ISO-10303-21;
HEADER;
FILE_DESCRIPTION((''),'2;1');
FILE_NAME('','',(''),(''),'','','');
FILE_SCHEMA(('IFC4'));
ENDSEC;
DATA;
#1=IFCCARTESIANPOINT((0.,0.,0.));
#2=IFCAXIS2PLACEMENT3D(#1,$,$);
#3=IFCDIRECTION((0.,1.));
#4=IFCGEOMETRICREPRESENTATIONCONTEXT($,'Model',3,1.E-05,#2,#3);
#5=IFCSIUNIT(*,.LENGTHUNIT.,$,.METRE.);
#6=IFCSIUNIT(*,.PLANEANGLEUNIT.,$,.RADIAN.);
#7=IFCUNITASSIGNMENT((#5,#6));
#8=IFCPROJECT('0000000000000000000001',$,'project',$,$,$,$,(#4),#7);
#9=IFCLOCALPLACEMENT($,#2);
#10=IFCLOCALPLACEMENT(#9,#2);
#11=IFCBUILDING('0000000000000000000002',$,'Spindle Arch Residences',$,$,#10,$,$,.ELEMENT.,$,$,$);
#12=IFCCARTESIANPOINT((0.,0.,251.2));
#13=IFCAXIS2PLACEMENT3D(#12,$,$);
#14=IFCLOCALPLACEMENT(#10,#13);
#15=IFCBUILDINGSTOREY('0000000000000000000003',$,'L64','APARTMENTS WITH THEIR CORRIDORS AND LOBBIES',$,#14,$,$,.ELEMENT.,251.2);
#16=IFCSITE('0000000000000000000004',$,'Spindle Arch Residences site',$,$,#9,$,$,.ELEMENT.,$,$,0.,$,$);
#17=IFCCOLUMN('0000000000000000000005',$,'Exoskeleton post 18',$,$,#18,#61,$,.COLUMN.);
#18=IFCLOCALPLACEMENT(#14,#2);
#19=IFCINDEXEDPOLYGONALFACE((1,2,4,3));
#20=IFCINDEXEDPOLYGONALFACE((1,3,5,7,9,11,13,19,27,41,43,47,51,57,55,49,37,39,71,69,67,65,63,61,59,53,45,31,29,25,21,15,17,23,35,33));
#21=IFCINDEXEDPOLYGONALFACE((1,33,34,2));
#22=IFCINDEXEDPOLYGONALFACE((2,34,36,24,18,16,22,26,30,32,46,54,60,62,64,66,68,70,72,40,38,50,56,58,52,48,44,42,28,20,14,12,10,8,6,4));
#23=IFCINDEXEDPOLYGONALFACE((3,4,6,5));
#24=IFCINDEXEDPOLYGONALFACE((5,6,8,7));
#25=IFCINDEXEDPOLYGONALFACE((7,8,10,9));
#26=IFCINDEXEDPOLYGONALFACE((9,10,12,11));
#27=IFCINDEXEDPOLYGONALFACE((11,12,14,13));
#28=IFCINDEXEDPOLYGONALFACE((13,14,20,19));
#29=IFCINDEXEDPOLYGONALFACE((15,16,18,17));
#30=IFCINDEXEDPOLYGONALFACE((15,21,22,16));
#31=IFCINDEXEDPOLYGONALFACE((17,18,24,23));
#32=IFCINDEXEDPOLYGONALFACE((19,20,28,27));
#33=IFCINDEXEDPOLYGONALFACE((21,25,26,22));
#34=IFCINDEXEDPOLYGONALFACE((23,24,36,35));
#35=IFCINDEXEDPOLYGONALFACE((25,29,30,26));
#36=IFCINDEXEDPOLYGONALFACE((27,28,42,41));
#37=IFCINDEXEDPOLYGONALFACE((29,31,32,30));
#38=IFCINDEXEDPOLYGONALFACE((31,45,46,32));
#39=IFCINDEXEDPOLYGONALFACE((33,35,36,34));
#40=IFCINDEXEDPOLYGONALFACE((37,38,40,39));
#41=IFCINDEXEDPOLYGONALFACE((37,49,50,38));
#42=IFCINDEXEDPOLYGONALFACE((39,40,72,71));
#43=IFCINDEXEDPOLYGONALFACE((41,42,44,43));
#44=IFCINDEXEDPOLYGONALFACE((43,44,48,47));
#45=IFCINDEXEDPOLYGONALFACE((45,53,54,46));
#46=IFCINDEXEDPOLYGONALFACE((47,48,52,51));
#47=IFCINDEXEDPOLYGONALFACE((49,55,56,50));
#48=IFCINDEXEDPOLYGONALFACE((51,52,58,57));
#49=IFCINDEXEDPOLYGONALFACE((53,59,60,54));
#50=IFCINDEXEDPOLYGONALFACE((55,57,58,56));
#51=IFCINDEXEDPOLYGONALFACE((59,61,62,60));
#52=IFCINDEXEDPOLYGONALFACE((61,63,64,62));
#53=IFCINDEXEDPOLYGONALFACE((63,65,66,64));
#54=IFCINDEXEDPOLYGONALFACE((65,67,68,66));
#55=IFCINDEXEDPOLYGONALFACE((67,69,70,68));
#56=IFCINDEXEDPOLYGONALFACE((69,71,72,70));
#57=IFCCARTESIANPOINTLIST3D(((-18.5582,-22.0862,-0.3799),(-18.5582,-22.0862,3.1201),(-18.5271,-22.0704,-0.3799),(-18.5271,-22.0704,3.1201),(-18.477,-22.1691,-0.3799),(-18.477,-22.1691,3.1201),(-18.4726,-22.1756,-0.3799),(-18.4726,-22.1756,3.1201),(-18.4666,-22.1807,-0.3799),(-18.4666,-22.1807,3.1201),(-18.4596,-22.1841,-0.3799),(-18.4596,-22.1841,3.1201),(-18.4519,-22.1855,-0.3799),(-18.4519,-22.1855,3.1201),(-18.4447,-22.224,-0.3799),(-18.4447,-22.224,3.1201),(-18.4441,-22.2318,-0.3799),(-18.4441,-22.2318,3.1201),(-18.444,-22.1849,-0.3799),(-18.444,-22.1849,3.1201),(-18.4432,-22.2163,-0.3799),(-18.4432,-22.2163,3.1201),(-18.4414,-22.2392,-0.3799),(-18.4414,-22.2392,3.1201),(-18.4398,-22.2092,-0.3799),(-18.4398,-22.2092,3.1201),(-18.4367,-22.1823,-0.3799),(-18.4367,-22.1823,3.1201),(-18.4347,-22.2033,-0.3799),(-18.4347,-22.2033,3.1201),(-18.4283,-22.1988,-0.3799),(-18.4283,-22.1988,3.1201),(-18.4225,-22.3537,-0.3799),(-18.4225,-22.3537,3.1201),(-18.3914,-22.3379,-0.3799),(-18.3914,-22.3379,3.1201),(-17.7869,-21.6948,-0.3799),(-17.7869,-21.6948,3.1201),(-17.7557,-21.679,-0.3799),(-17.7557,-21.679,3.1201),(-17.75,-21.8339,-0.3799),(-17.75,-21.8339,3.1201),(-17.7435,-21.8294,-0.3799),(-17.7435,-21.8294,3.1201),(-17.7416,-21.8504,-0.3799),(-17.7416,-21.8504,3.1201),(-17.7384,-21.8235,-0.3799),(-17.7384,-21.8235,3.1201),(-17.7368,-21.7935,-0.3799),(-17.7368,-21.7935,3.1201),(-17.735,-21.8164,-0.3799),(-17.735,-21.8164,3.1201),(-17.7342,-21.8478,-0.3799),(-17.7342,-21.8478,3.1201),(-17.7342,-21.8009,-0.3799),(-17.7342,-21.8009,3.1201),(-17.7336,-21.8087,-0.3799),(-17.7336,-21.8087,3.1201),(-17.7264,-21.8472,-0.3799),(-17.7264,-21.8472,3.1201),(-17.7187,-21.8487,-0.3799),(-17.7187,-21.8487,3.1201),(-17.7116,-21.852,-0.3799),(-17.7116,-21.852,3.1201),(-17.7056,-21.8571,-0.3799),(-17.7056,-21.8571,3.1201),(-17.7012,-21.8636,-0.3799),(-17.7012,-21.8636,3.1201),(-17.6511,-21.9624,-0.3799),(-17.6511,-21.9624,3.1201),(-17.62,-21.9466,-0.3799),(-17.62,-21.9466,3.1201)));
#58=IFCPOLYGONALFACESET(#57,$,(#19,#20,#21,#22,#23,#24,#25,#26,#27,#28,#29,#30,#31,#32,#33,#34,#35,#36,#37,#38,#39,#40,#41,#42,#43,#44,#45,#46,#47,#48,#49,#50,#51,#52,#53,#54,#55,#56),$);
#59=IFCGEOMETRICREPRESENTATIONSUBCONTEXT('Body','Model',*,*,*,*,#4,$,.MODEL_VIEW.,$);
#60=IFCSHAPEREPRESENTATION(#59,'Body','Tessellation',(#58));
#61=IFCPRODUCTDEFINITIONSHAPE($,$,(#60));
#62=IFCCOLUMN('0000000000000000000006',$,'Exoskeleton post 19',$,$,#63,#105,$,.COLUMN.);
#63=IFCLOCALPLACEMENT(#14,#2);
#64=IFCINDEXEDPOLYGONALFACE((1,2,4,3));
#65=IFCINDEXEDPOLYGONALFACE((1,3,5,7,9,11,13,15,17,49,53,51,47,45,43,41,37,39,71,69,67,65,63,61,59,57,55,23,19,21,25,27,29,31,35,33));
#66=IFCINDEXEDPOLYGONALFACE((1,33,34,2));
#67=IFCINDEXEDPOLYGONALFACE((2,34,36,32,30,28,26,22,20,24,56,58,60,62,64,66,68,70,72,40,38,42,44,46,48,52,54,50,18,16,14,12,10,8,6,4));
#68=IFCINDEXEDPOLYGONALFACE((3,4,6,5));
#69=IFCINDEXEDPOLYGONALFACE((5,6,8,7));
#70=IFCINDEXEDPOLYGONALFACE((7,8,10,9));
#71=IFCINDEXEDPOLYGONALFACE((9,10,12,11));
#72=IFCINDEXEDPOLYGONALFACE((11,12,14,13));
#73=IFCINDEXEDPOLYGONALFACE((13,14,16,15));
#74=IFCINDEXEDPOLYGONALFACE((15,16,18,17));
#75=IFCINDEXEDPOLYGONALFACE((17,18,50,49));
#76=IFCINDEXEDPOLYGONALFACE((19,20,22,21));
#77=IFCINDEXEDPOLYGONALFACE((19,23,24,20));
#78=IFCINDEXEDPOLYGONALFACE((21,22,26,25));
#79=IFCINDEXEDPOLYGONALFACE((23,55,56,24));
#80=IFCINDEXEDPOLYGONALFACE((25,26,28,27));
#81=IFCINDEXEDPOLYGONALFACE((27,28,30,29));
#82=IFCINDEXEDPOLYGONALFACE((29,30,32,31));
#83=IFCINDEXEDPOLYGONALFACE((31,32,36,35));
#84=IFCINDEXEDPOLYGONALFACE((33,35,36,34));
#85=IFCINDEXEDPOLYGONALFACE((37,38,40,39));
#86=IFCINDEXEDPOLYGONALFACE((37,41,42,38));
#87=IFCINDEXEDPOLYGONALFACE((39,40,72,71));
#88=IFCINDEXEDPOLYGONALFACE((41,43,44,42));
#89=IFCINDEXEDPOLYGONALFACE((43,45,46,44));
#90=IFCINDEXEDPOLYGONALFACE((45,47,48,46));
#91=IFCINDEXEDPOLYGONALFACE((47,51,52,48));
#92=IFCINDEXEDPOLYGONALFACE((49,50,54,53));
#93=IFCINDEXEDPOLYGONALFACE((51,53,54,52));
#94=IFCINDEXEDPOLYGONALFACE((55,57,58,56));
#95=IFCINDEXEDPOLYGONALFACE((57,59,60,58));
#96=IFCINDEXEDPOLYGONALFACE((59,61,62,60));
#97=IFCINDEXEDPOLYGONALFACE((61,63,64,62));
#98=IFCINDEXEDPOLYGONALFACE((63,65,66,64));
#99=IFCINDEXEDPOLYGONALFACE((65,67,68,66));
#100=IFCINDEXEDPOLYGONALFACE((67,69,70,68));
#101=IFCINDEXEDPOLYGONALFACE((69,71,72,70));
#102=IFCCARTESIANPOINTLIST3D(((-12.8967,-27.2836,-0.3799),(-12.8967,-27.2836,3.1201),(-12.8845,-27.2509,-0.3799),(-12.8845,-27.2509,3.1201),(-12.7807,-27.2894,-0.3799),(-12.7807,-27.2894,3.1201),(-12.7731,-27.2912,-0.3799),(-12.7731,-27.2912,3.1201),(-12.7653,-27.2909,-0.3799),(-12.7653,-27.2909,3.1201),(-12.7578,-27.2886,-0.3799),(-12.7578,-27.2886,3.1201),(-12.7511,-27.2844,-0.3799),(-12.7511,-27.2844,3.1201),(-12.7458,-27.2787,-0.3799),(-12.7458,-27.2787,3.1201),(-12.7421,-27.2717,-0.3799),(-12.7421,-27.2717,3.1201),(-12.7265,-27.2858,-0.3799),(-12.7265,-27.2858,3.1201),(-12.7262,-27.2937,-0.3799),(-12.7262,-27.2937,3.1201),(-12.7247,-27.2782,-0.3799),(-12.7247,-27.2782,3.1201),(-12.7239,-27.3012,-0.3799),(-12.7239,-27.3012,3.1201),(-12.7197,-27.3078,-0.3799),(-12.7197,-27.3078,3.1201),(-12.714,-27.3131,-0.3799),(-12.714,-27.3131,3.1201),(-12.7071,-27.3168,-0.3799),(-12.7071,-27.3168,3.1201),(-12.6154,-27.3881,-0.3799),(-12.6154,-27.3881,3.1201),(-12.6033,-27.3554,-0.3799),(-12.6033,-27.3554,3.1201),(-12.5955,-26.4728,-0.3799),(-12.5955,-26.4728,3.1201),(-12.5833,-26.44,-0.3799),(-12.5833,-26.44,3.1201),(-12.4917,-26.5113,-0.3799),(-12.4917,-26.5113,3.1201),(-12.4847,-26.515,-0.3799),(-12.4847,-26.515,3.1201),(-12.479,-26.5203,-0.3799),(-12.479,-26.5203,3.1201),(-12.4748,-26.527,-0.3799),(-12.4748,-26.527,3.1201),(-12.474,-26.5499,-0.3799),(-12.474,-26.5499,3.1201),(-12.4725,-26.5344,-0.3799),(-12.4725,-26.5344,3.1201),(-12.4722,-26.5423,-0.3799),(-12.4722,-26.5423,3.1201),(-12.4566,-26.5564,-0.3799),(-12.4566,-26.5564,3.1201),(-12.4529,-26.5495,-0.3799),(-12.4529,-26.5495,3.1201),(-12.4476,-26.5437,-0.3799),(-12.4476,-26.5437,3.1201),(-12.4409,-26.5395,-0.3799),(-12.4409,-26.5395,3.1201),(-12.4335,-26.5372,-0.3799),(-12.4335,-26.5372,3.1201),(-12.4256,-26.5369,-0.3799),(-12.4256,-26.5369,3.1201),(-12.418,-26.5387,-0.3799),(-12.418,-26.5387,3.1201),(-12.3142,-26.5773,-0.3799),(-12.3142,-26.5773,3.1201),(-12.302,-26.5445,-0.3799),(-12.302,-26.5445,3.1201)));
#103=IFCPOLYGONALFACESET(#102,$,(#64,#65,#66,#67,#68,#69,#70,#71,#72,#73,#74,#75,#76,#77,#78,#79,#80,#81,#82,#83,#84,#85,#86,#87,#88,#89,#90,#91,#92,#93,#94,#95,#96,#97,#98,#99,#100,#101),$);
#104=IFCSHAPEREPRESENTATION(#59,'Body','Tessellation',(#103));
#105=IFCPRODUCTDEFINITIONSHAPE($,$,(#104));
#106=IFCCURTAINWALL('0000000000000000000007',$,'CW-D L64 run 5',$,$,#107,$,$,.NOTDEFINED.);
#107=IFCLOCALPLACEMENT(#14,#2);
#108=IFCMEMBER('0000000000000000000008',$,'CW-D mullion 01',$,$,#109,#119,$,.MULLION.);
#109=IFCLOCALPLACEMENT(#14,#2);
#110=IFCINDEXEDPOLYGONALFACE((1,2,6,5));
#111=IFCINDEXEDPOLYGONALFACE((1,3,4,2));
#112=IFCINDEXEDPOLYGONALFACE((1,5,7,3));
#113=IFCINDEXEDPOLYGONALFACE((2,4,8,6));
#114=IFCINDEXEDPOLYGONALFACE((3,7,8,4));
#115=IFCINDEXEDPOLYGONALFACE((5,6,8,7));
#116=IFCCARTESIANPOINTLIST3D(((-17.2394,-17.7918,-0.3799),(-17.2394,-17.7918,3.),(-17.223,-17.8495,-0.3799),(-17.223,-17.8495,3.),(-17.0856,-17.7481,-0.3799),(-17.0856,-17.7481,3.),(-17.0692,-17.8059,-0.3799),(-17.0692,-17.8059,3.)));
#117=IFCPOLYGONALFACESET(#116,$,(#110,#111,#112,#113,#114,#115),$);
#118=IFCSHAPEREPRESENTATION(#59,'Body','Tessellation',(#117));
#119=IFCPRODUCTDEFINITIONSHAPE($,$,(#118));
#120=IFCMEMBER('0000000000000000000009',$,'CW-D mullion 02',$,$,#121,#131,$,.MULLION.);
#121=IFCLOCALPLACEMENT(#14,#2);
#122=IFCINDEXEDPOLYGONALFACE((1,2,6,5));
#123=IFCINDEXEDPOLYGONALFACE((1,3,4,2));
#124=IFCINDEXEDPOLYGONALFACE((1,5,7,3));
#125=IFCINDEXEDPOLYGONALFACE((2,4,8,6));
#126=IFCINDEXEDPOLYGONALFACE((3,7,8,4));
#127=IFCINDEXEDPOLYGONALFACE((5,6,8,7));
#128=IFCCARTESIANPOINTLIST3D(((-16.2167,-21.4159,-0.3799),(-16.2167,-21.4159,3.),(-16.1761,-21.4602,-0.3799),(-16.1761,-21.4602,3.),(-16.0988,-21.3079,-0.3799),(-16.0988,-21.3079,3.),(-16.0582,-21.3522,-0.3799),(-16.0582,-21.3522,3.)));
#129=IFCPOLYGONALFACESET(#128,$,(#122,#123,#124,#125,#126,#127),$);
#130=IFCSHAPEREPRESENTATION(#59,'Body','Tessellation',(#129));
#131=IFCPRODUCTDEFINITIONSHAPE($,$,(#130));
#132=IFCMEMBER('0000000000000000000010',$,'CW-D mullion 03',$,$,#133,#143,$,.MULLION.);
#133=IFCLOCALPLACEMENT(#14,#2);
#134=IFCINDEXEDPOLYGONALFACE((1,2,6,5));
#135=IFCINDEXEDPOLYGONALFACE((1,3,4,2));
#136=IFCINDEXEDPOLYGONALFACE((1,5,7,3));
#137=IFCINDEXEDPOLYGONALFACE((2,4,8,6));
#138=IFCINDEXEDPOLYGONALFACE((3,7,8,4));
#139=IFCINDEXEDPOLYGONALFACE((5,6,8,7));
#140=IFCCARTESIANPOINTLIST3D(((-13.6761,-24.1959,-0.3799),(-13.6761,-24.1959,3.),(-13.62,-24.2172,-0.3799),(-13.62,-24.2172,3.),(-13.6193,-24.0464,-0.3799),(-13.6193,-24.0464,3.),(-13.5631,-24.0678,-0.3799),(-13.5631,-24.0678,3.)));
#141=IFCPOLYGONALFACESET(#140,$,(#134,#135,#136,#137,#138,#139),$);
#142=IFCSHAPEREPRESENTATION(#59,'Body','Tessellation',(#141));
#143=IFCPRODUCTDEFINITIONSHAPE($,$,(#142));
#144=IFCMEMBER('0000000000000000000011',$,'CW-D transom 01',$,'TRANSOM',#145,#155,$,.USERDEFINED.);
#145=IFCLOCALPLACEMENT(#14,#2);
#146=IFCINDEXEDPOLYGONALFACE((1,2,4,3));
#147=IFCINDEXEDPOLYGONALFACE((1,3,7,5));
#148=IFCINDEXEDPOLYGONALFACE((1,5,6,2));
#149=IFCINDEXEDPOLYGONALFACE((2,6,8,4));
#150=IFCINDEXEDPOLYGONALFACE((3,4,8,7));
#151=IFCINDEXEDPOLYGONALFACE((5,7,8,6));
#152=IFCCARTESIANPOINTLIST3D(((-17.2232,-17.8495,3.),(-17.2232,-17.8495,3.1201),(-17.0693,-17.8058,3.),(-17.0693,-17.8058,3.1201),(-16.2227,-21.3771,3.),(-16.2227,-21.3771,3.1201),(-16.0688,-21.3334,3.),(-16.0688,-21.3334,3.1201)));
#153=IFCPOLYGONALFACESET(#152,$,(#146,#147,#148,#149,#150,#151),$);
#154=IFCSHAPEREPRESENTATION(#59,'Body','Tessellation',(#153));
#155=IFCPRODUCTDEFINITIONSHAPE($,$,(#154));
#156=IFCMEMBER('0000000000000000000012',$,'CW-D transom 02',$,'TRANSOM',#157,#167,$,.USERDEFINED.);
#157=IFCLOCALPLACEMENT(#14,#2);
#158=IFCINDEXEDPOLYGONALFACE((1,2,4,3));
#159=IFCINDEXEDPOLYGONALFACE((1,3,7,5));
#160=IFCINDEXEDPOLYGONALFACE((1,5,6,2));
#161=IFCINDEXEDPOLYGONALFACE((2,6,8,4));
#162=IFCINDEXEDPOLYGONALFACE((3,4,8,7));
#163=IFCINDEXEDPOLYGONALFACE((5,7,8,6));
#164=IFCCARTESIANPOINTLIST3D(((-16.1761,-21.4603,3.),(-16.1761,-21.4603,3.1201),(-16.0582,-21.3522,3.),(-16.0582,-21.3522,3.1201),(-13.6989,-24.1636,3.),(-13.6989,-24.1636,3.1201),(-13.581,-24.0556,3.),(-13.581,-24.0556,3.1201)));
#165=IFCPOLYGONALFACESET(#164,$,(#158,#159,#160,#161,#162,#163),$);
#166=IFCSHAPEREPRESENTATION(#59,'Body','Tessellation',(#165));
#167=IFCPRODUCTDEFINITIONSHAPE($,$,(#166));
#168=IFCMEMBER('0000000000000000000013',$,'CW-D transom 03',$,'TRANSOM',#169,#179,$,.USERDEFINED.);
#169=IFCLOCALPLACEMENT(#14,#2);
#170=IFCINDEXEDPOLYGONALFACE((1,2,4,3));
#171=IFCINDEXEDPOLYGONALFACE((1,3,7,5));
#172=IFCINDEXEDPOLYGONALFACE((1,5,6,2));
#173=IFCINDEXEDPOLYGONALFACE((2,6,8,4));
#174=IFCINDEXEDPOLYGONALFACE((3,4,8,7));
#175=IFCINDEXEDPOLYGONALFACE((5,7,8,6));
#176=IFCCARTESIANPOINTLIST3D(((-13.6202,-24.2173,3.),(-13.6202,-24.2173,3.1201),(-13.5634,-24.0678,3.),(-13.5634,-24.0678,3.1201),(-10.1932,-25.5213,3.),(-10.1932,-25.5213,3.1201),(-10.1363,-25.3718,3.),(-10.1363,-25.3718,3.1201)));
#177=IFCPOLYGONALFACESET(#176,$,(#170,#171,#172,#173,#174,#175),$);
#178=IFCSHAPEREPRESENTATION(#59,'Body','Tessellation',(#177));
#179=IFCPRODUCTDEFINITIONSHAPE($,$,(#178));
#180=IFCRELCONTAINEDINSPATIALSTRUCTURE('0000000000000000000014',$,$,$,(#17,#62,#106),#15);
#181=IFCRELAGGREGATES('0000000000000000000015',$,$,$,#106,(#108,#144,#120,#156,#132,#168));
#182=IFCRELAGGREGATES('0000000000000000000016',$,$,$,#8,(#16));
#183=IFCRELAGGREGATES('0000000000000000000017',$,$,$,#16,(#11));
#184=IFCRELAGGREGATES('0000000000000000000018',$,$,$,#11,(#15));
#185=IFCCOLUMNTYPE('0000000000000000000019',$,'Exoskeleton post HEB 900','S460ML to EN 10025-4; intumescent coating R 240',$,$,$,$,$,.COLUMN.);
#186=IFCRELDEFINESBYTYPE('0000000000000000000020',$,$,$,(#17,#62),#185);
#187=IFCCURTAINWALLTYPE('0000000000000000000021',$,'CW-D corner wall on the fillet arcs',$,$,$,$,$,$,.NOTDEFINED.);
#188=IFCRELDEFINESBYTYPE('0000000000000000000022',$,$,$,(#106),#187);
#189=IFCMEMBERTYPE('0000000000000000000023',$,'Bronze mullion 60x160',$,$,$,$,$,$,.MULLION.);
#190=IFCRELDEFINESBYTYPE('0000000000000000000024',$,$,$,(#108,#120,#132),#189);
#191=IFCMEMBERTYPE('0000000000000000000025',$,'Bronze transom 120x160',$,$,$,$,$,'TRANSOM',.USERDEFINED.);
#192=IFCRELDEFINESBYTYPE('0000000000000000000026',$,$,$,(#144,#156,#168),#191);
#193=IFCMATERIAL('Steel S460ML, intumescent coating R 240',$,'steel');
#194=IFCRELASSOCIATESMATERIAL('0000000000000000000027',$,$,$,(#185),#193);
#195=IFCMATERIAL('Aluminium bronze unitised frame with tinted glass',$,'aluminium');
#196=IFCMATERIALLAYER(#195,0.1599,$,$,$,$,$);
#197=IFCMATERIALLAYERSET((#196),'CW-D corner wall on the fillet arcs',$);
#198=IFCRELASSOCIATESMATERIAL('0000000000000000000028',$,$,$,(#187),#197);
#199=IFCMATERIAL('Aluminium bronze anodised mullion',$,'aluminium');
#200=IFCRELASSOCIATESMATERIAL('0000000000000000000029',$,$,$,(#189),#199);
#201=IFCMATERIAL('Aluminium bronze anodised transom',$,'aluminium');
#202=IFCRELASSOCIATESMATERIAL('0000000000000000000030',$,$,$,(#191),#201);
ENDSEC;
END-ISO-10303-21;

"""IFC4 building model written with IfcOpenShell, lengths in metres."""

from ifc_helpers import new_model, si_unit, direction, frame, origin, origin_2d, place, context, subcontext, project, spatial, rectangle, i_section, extrude, material, layer, layer_set, material_profile, profile_set, type_object, element, aggregate, save


model = new_model("IFC4")

# Units and contexts
model_context = context("Model", 3, precision=1e-05, world=origin(), true_north=direction((0.0, 1.0)))
body_context = subcontext(model_context, "Body", "Model", "MODEL_VIEW")
ifc_project = project(units=[si_unit("LENGTHUNIT", "METRE"), si_unit("PLANEANGLEUNIT", "RADIAN")], contexts=[model_context])

# Site, building, storey
site_placement = place(None, origin())
site = spatial("IfcSite", under=ifc_project, at=site_placement, Name="Spindle Arch Residences site", CompositionType="ELEMENT", RefElevation=0.0)
building_placement = place(site_placement, origin())
building = spatial("IfcBuilding", under=site, at=building_placement, Name="Spindle Arch Residences", CompositionType="ELEMENT")
storey_placement = place(building_placement, frame((0.0, 0.0, 251.2)))
storey = spatial("IfcBuildingStorey", under=building, at=storey_placement, Name="L64", Description="APARTMENTS WITH THEIR CORRIDORS AND LOBBIES", CompositionType="ELEMENT", Elevation=251.2)

# Columns
ifc_material_1 = material(Name="Steel S460ML, intumescent coating R 240", Category="steel")
ifc_material_profile_1 = material_profile(ifc_material_1, i_section(OverallWidth=0.3, OverallDepth=0.8999, WebThickness=0.0186, FlangeThickness=0.0349, FilletRadius=0.03, at=origin_2d()), Name="HEB 900")
ifc_profile_set_1 = profile_set([ifc_material_profile_1], Name="Steel S460ML, intumescent coating R 240")
column_type = type_object("IfcColumnType", Name="Exoskeleton post HEB 900", Description="S460ML to EN 10025-4; intumescent coating R 240", PredefinedType="COLUMN", material=ifc_profile_set_1)
for number, where, z_axis, x_axis, name in (
    (1, (-18.0891, -22.0164, -0.3799), (0.0, 0.0, 1.0), (-0.452474, 0.891778, 0.0), "Exoskeleton post 18"),
    (2, (-12.5994, -26.9141, -0.3799), (0.0, 0.0, 1.0), (-0.937401, 0.348253, 0.0), "Exoskeleton post 19"),
):
    element("IfcColumn", number, at=place(storey_placement, frame(where, z_axis=z_axis, x_axis=x_axis)), inside=storey, type_object=column_type, Name=name, PredefinedType="COLUMN", context=body_context, shape_type="SweptSolid", body=[
        extrude(i_section(OverallWidth=0.3, OverallDepth=0.8999, WebThickness=0.0186, FlangeThickness=0.0349, FilletRadius=0.03, at=origin_2d()), origin(), (0.0, 0.0, 1.0), 3.5),
    ])

# Curtain wall, members
ifc_material_2 = material(Name="Aluminium bronze unitised frame with tinted glass", Category="aluminium")
ifc_layer_1 = layer(ifc_material_2, 0.1599)
ifc_layer_set_1 = layer_set([ifc_layer_1], Name="CW-D corner wall on the fillet arcs")
curtain_wall_type = type_object("IfcCurtainWallType", Name="CW-D corner wall on the fillet arcs", PredefinedType="NOTDEFINED", material=ifc_layer_set_1)
curtain_wall_placement = place(storey_placement, origin())
curtain_wall = element("IfcCurtainWall", 3, at=curtain_wall_placement, inside=storey, type_object=curtain_wall_type, Name="CW-D L64 run 5", PredefinedType="NOTDEFINED")
ifc_material_3 = material(Name="Aluminium bronze anodised mullion", Category="aluminium")
ifc_material_profile_2 = material_profile(ifc_material_3, rectangle(XDim=0.1599, YDim=0.0601, at=origin_2d()), Name="MU 60x160")
ifc_profile_set_2 = profile_set([ifc_material_profile_2], Name="Aluminium bronze anodised mullion")
member_type_1 = type_object("IfcMemberType", Name="Bronze mullion 60x160", PredefinedType="MULLION", material=ifc_profile_set_2)
member_1_placement = place(storey_placement, frame((-17.1543, -17.7988, -0.3799), z_axis=(0.0, 0.0, 1.0), x_axis=(0.962059, 0.27284, 0.0)))
member_1 = element("IfcMember", 4, at=member_1_placement, type_object=member_type_1, Name="CW-D mullion 01", PredefinedType="MULLION", context=body_context, shape_type="SweptSolid", body=[
    extrude(rectangle(XDim=0.1599, YDim=0.0601, at=origin_2d()), origin(), (0.0, 0.0, 1.0), 3.3799),
])
member_2_placement = place(storey_placement, frame((-16.1375, -21.384, -0.3799), z_axis=(0.0, 0.0, 1.0), x_axis=(0.737277, 0.67559, 0.0)))
member_2 = element("IfcMember", 5, at=member_2_placement, type_object=member_type_1, Name="CW-D mullion 02", PredefinedType="MULLION", context=body_context, shape_type="SweptSolid", body=[
    extrude(rectangle(XDim=0.1599, YDim=0.0601, at=origin_2d()), origin(), (0.0, 0.0, 1.0), 3.3799),
])
member_3_placement = place(storey_placement, frame((-13.6196, -24.1318, -0.3799), z_axis=(0.0, 0.0, 1.0), x_axis=(0.355651, 0.934619, 0.0)))
member_3 = element("IfcMember", 6, at=member_3_placement, type_object=member_type_1, Name="CW-D mullion 03", PredefinedType="MULLION", context=body_context, shape_type="SweptSolid", body=[
    extrude(rectangle(XDim=0.1599, YDim=0.0601, at=origin_2d()), origin(), (0.0, 0.0, 1.0), 3.3799),
])
ifc_material_4 = material(Name="Aluminium bronze anodised transom", Category="aluminium")
ifc_material_profile_3 = material_profile(ifc_material_4, rectangle(XDim=0.1599, YDim=0.1201, at=origin_2d()), Name="TR 120x160")
ifc_profile_set_3 = profile_set([ifc_material_profile_3], Name="Aluminium bronze anodised transom")
member_type_2 = type_object("IfcMemberType", Name="Bronze transom 120x160", ElementType="TRANSOM", PredefinedType="USERDEFINED", material=ifc_profile_set_3)
member_4_placement = place(storey_placement, frame((-17.1462, -17.8276, 3.0601), z_axis=(0.272856, -0.962055, 0.0), x_axis=(0.962055, 0.272856, 0.0)))
member_4 = element("IfcMember", 7, at=member_4_placement, type_object=member_type_2, Name="CW-D transom 01", ObjectType="TRANSOM", PredefinedType="USERDEFINED", context=body_context, shape_type="SweptSolid", body=[
    extrude(rectangle(XDim=0.1599, YDim=0.1201, at=origin_2d()), origin(), (0.0, 0.0, 1.0), 3.6667),
])
member_5_placement = place(storey_placement, frame((-16.1172, -21.4062, 3.0601), z_axis=(0.675607, -0.737262, 0.0), x_axis=(0.737262, 0.675607, 0.0)))
member_5 = element("IfcMember", 8, at=member_5_placement, type_object=member_type_2, Name="CW-D transom 02", ObjectType="TRANSOM", PredefinedType="USERDEFINED", context=body_context, shape_type="SweptSolid", body=[
    extrude(rectangle(XDim=0.1599, YDim=0.1201, at=origin_2d()), origin(), (0.0, 0.0, 1.0), 3.6667),
])
member_6_placement = place(storey_placement, frame((-13.5918, -24.1426, 3.0601), z_axis=(0.93463, -0.355622, 0.0), x_axis=(0.355622, 0.93463, 0.0)))
member_6 = element("IfcMember", 9, at=member_6_placement, type_object=member_type_2, Name="CW-D transom 03", ObjectType="TRANSOM", PredefinedType="USERDEFINED", context=body_context, shape_type="SweptSolid", body=[
    extrude(rectangle(XDim=0.1599, YDim=0.1201, at=origin_2d()), origin(), (0.0, 0.0, 1.0), 3.6667),
])

aggregate(curtain_wall, [member_1, member_4, member_2, member_5, member_3, member_6])

save(model, "model.ifc")
